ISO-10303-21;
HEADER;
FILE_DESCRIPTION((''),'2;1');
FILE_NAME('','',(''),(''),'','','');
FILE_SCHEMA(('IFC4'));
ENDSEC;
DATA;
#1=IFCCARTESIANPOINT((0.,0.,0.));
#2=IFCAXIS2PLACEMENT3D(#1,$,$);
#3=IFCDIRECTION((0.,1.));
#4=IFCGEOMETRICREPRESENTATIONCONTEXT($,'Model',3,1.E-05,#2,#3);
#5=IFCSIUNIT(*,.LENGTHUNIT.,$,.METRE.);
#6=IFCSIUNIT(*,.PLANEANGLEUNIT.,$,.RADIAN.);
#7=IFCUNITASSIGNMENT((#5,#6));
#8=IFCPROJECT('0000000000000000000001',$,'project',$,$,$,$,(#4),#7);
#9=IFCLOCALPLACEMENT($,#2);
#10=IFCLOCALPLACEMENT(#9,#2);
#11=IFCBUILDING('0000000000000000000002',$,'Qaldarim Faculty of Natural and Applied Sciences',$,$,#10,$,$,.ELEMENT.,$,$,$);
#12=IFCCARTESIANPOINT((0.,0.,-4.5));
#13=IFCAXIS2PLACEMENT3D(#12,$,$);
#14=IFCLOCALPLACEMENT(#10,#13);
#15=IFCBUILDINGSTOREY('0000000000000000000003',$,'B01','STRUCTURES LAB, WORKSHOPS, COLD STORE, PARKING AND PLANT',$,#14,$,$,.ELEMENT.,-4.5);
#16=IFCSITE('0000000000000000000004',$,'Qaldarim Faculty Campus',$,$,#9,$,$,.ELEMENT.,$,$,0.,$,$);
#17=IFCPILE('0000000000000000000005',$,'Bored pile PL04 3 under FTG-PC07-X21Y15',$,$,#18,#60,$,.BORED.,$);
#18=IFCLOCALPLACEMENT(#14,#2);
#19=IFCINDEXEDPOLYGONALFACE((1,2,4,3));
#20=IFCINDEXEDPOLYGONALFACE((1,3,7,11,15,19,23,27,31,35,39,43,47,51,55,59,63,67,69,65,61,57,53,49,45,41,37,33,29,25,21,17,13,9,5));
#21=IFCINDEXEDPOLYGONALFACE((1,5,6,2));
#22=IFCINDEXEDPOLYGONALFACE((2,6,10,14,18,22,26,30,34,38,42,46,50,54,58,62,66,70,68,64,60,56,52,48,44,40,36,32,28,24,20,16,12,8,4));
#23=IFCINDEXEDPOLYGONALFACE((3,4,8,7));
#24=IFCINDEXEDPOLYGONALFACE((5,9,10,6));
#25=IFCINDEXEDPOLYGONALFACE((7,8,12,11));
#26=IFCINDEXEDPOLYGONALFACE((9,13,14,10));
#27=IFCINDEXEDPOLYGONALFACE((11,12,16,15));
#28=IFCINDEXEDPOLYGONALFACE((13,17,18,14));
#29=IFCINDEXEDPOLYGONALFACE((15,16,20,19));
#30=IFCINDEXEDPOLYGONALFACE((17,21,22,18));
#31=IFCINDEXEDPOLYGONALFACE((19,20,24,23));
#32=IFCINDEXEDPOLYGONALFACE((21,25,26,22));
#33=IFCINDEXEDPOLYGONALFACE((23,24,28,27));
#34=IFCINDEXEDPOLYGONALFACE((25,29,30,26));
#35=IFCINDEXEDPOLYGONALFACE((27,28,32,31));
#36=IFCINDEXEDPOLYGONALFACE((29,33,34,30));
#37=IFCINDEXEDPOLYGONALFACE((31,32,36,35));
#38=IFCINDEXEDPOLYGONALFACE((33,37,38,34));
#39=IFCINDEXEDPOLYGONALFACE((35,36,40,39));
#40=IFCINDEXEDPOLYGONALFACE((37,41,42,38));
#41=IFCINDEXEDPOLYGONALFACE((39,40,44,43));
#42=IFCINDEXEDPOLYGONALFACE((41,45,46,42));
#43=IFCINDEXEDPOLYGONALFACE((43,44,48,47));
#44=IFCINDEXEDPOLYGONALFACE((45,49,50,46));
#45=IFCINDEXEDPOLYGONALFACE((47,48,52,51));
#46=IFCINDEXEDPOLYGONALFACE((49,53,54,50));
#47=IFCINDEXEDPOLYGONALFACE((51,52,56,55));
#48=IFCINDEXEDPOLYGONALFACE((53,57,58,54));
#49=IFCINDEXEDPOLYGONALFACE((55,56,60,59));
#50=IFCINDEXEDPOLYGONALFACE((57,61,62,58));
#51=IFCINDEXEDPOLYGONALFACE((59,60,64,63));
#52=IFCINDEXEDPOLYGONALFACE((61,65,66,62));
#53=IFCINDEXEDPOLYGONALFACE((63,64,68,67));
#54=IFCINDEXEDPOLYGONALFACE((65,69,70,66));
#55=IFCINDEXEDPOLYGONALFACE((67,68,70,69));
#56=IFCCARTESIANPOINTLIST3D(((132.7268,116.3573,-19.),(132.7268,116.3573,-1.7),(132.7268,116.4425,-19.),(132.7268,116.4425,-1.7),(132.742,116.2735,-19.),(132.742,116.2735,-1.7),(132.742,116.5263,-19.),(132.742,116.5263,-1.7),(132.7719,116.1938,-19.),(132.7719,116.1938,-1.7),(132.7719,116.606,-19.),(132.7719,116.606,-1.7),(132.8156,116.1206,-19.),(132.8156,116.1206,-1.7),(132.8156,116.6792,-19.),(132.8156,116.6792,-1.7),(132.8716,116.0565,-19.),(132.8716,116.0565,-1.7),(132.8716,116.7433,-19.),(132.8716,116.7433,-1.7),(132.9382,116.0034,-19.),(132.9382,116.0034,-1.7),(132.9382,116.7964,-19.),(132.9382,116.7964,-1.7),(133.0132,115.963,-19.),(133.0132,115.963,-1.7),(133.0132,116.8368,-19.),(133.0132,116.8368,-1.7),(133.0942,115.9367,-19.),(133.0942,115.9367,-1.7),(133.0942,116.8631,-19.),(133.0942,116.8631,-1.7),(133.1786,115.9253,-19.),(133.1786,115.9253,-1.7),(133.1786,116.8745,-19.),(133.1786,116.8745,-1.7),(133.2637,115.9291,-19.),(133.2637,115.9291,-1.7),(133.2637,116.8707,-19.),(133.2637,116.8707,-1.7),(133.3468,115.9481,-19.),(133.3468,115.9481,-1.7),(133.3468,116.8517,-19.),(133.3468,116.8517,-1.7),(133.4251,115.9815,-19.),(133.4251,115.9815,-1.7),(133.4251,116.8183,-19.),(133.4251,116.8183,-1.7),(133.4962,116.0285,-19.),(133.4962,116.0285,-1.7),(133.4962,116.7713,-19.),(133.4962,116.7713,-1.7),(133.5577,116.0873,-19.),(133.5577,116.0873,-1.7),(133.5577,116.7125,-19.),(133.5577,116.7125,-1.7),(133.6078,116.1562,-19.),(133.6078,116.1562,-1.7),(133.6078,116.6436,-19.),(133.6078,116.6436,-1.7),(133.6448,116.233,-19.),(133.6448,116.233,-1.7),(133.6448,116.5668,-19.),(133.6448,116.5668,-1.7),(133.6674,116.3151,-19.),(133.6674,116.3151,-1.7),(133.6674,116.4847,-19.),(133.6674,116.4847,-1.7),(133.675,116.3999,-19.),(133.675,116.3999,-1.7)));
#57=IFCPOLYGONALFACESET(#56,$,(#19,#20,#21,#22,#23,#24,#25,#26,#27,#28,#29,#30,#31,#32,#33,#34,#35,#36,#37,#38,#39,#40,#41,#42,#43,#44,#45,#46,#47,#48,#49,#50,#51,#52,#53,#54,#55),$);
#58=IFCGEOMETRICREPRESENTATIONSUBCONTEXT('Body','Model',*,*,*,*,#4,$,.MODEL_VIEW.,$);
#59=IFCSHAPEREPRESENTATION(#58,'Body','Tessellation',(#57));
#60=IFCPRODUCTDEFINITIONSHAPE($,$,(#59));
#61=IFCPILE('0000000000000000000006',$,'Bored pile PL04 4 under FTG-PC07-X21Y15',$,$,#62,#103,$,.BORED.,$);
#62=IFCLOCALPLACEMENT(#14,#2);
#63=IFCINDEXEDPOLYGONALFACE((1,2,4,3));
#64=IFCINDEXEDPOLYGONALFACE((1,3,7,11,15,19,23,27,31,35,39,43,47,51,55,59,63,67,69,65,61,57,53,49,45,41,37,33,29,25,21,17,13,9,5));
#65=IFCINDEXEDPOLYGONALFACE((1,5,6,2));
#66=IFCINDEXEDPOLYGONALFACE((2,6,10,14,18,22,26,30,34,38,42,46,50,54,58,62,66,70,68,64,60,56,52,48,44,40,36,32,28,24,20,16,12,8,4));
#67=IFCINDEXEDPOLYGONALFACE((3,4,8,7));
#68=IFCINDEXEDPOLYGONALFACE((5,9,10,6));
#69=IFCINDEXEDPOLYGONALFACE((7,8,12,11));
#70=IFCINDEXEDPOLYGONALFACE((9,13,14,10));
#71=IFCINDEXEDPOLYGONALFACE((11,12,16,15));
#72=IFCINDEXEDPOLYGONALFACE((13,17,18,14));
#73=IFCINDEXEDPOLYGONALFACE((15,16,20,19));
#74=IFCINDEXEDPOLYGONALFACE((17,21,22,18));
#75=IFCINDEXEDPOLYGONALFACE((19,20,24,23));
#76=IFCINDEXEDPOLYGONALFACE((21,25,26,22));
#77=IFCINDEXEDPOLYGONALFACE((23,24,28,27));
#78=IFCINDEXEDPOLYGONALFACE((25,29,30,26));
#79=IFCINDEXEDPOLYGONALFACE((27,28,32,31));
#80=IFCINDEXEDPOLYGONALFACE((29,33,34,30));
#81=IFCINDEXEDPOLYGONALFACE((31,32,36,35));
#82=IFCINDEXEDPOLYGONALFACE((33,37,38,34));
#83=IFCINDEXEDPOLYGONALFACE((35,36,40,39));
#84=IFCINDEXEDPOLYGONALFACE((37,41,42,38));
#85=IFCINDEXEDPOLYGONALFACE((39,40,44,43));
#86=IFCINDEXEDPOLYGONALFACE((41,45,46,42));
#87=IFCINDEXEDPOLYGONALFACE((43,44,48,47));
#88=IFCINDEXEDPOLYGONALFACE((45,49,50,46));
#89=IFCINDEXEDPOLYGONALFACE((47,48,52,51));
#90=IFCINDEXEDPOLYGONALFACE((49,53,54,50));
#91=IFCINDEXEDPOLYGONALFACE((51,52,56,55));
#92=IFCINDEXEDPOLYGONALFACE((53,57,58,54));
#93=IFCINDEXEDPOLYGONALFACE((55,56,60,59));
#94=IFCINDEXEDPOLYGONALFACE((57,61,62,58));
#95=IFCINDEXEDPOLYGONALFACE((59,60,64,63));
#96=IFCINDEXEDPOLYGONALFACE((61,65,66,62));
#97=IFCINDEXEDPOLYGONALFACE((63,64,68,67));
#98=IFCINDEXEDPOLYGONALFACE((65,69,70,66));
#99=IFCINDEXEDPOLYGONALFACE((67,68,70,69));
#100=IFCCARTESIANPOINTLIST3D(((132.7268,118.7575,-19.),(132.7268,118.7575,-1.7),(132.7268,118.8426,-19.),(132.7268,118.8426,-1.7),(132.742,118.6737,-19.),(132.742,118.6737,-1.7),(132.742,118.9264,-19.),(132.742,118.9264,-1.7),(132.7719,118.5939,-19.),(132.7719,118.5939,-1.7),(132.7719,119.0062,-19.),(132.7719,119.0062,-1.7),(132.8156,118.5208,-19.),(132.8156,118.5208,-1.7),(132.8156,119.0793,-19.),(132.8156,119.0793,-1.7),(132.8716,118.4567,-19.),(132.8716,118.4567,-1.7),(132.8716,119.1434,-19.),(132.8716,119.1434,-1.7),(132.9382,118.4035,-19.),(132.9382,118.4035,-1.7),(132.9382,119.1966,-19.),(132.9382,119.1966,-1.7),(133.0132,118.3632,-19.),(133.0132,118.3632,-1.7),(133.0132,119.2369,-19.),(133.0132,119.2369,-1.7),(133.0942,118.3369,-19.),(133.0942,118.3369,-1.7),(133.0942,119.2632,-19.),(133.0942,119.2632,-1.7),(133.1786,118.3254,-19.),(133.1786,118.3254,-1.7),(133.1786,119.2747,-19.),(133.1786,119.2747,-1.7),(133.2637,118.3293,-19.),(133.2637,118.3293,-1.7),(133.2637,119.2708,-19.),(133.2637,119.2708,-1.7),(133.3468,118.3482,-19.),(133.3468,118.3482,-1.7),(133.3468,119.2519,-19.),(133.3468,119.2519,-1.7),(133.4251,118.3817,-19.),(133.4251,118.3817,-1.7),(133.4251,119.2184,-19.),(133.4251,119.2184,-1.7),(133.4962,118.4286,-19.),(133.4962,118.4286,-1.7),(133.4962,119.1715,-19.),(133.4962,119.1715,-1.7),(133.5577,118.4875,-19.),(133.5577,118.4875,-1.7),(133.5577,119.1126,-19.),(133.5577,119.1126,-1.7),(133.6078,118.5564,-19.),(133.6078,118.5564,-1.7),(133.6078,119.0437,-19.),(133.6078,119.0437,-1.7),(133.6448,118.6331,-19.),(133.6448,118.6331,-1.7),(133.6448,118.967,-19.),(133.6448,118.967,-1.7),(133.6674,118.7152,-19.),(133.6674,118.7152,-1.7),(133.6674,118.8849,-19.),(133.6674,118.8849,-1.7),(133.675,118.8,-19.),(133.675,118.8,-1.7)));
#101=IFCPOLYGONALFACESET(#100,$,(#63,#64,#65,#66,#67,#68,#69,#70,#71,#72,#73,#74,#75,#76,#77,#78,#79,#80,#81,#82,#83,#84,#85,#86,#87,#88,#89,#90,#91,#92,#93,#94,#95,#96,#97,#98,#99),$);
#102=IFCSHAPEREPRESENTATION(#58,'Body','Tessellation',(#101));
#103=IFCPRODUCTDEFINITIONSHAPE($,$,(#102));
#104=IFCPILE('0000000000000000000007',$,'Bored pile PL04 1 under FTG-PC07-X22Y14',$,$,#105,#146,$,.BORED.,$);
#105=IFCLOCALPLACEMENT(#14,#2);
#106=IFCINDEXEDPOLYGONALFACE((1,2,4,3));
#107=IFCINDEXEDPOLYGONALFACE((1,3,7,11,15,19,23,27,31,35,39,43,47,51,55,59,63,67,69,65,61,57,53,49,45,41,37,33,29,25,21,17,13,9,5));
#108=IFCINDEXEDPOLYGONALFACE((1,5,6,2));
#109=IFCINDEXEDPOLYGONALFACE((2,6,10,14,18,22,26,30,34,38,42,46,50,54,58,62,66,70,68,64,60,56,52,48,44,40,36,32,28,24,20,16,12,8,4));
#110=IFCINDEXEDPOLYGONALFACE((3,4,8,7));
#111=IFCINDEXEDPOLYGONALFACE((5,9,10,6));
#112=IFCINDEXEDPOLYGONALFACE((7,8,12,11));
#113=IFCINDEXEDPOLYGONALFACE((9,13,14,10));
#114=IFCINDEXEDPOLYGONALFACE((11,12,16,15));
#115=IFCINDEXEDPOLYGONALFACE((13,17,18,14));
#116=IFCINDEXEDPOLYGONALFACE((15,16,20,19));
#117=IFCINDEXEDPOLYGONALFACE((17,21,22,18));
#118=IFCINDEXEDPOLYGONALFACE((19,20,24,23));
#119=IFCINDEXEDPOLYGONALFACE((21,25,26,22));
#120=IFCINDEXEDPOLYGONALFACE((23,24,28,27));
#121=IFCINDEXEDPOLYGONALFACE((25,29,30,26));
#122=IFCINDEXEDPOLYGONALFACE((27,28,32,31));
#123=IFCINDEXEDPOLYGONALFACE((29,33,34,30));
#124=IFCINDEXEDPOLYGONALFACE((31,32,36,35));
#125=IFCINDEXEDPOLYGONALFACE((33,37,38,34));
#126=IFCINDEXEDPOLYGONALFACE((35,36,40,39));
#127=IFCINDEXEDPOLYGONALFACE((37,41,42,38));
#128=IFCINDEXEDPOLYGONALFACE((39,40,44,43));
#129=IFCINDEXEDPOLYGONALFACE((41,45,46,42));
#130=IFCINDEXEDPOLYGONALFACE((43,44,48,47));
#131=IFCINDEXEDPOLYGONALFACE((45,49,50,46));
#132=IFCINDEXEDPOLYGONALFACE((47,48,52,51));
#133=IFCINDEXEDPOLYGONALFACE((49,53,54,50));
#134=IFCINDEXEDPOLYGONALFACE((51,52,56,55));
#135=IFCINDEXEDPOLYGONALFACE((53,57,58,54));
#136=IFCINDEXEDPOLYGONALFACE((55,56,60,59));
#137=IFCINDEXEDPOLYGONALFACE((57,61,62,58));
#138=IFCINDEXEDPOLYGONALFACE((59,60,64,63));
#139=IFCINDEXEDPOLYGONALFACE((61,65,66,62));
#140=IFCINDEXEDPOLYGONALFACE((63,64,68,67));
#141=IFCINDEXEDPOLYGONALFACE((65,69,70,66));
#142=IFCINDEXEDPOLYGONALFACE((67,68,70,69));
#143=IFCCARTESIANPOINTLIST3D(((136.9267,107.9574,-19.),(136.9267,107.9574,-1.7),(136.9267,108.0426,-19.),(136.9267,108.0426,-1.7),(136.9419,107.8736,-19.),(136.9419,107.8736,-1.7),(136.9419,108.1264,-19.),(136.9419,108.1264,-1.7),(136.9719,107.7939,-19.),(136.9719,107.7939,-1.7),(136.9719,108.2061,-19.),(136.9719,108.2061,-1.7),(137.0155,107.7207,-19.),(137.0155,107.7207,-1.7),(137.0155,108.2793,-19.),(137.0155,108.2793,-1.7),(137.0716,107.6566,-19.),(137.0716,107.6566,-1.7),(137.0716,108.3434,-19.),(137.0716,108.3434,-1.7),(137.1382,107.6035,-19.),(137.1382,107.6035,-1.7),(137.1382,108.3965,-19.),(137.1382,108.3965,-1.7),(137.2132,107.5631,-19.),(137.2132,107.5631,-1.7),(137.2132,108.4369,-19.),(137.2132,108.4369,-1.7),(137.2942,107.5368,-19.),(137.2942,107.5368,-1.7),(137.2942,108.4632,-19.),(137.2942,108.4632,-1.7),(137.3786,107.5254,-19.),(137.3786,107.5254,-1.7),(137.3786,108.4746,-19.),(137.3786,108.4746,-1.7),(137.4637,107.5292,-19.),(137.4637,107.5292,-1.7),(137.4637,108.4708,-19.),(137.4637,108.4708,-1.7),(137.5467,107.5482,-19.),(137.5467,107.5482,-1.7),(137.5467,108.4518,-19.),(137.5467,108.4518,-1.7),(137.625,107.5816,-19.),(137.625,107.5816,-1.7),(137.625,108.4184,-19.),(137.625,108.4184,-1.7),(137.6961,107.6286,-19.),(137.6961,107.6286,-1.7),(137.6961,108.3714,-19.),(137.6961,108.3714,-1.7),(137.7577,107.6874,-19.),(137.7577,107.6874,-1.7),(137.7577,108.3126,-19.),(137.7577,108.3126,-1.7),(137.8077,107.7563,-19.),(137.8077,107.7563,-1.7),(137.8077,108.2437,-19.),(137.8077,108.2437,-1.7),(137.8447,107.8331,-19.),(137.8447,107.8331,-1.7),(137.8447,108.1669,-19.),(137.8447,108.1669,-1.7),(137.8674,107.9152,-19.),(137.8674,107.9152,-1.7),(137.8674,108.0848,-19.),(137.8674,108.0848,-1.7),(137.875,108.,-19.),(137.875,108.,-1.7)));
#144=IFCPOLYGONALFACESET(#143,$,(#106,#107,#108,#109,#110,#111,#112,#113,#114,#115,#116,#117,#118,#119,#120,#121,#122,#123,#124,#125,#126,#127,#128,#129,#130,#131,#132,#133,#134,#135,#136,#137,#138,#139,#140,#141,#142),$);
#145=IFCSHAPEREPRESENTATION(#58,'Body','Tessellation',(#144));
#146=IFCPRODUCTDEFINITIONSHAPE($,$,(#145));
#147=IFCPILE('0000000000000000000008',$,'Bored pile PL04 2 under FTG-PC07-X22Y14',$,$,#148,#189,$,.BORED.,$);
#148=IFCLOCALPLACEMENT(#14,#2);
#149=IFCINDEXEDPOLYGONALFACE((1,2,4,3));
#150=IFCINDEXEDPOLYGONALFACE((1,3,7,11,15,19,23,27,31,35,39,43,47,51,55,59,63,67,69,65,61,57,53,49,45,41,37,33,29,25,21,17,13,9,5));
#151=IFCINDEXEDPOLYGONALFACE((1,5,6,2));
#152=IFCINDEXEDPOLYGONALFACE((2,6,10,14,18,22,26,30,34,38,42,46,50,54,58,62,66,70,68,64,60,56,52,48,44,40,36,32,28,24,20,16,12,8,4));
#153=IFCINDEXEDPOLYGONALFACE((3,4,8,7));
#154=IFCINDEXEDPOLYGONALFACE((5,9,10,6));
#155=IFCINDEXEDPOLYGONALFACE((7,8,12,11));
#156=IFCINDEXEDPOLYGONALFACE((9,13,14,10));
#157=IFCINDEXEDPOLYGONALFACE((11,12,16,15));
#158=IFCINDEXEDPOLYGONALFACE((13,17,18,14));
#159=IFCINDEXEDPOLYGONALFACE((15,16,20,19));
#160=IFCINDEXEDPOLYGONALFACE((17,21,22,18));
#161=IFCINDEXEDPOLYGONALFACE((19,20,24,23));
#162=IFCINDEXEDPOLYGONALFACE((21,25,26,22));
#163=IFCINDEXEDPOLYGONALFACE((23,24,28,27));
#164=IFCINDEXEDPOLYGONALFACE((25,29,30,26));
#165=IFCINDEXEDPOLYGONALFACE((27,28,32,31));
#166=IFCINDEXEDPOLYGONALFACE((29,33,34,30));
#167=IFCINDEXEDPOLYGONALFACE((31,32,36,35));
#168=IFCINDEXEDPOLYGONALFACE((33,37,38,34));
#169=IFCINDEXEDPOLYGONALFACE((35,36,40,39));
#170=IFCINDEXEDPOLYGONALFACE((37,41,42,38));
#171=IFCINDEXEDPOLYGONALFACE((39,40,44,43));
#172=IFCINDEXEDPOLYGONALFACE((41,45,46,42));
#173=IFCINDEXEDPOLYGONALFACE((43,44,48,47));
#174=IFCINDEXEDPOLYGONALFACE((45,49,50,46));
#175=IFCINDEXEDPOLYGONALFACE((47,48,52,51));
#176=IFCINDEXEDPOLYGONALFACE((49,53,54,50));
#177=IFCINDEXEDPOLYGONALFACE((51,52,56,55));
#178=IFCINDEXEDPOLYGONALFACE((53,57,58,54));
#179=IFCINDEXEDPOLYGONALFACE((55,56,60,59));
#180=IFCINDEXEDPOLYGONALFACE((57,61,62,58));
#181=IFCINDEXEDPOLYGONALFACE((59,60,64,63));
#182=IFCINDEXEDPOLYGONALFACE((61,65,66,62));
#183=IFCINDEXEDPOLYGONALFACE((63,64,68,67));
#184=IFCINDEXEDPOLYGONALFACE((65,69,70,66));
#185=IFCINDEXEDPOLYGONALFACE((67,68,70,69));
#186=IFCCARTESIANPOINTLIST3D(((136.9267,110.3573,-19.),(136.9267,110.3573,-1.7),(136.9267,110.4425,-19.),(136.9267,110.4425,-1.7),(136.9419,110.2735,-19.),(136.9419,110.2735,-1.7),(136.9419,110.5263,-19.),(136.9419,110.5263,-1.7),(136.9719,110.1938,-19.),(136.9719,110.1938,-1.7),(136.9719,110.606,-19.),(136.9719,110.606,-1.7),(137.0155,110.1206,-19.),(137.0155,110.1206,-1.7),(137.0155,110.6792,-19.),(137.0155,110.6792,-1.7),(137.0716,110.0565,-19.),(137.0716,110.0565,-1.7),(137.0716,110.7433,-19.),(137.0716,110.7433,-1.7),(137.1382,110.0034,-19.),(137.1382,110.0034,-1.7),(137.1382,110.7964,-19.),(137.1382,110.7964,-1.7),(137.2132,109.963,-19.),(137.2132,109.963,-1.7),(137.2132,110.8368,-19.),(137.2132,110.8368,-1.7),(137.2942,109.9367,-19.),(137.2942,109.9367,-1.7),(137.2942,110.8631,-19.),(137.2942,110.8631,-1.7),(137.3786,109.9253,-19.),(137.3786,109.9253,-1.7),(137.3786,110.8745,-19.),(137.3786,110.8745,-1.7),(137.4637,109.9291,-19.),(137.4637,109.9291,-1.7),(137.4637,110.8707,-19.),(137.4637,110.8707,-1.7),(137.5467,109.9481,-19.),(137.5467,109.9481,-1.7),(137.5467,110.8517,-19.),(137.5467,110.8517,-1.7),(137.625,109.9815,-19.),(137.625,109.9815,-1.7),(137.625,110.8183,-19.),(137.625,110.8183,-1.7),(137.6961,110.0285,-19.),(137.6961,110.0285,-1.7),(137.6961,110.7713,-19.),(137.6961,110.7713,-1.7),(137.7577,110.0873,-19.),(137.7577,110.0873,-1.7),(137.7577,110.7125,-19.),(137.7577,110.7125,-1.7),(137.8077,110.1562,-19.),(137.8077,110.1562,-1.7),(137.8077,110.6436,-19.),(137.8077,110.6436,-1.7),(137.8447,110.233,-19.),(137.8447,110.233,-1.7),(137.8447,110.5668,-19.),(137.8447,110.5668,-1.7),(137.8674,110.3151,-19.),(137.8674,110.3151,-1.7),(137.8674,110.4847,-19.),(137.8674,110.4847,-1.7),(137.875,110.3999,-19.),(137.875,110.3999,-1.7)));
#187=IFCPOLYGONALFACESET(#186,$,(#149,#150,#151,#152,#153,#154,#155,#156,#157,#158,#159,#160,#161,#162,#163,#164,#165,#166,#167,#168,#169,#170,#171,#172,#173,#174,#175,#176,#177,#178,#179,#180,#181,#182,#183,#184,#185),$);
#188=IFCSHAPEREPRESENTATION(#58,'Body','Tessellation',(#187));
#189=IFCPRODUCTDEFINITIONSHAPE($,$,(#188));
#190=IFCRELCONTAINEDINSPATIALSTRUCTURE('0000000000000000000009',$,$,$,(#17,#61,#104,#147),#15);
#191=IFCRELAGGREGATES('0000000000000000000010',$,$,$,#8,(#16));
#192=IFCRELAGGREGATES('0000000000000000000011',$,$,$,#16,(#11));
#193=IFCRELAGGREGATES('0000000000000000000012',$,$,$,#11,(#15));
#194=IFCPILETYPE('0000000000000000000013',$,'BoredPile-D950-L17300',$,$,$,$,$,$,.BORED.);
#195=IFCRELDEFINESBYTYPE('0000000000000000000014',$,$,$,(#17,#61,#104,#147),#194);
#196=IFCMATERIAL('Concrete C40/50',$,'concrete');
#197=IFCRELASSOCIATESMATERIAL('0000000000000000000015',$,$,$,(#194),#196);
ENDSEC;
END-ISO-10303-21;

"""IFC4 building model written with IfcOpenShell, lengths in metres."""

from ifc_helpers import new_model, si_unit, direction, frame, origin, origin_2d, place, context, subcontext, project, spatial, circle, extrude, material, material_profile, profile_set, type_object, element, save


model = new_model("IFC4")

# Units and contexts
model_context = context("Model", 3, precision=1e-05, world=origin(), true_north=direction((0.0, 1.0)))
body_context = subcontext(model_context, "Body", "Model", "MODEL_VIEW")
ifc_project = project(units=[si_unit("LENGTHUNIT", "METRE"), si_unit("PLANEANGLEUNIT", "RADIAN")], contexts=[model_context])

# Site, building, storey
site_placement = place(None, origin())
site = spatial("IfcSite", under=ifc_project, at=site_placement, Name="Qaldarim Faculty Campus", CompositionType="ELEMENT", RefElevation=0.0)
building_placement = place(site_placement, origin())
building = spatial("IfcBuilding", under=site, at=building_placement, Name="Qaldarim Faculty of Natural and Applied Sciences", CompositionType="ELEMENT")
storey_placement = place(building_placement, frame((0.0, 0.0, -4.5)))
storey = spatial("IfcBuildingStorey", under=building, at=storey_placement, Name="B01", Description="STRUCTURES LAB, WORKSHOPS, COLD STORE, PARKING AND PLANT", CompositionType="ELEMENT", Elevation=-4.5)

# Piles
ifc_material_1 = material(Name="Concrete C40/50", Category="concrete")
ifc_material_profile_1 = material_profile(ifc_material_1, circle(Radius=0.4751, at=origin_2d()), Name="PILE-D950")
ifc_profile_set_1 = profile_set([ifc_material_profile_1], Name="Concrete C40/50")
pile_type_1 = type_object("IfcPileType", Name="BoredPile-D950-L17300", PredefinedType="BORED", material=ifc_profile_set_1)
for number, where, z_axis, x_axis, name in (
    (1, (133.2, 116.3999, -1.7), (0.0, 0.0, -1.0), (1.0, 0.0, 0.0), "Bored pile PL04 3 under FTG-PC07-X21Y15"),
    (2, (133.2, 118.8, -1.7), (0.0, 0.0, -1.0), (1.0, 0.0, 0.0), "Bored pile PL04 4 under FTG-PC07-X21Y15"),
    (3, (137.3999, 108.0, -1.7), (0.0, 0.0, -1.0), (1.0, 0.0, 0.0), "Bored pile PL04 1 under FTG-PC07-X22Y14"),
    (4, (137.3999, 110.3999, -1.7), (0.0, 0.0, -1.0), (1.0, 0.0, 0.0), "Bored pile PL04 2 under FTG-PC07-X22Y14"),
):
    element("IfcPile", number, at=place(storey_placement, frame(where, z_axis=z_axis, x_axis=x_axis)), inside=storey, type_object=pile_type_1, Name=name, PredefinedType="BORED", context=body_context, shape_type="SweptSolid", body=[
        extrude(circle(Radius=0.4751, at=origin_2d()), origin(), (0.0, 0.0, 1.0), 17.3),
    ])

save(model, "model.ifc")
